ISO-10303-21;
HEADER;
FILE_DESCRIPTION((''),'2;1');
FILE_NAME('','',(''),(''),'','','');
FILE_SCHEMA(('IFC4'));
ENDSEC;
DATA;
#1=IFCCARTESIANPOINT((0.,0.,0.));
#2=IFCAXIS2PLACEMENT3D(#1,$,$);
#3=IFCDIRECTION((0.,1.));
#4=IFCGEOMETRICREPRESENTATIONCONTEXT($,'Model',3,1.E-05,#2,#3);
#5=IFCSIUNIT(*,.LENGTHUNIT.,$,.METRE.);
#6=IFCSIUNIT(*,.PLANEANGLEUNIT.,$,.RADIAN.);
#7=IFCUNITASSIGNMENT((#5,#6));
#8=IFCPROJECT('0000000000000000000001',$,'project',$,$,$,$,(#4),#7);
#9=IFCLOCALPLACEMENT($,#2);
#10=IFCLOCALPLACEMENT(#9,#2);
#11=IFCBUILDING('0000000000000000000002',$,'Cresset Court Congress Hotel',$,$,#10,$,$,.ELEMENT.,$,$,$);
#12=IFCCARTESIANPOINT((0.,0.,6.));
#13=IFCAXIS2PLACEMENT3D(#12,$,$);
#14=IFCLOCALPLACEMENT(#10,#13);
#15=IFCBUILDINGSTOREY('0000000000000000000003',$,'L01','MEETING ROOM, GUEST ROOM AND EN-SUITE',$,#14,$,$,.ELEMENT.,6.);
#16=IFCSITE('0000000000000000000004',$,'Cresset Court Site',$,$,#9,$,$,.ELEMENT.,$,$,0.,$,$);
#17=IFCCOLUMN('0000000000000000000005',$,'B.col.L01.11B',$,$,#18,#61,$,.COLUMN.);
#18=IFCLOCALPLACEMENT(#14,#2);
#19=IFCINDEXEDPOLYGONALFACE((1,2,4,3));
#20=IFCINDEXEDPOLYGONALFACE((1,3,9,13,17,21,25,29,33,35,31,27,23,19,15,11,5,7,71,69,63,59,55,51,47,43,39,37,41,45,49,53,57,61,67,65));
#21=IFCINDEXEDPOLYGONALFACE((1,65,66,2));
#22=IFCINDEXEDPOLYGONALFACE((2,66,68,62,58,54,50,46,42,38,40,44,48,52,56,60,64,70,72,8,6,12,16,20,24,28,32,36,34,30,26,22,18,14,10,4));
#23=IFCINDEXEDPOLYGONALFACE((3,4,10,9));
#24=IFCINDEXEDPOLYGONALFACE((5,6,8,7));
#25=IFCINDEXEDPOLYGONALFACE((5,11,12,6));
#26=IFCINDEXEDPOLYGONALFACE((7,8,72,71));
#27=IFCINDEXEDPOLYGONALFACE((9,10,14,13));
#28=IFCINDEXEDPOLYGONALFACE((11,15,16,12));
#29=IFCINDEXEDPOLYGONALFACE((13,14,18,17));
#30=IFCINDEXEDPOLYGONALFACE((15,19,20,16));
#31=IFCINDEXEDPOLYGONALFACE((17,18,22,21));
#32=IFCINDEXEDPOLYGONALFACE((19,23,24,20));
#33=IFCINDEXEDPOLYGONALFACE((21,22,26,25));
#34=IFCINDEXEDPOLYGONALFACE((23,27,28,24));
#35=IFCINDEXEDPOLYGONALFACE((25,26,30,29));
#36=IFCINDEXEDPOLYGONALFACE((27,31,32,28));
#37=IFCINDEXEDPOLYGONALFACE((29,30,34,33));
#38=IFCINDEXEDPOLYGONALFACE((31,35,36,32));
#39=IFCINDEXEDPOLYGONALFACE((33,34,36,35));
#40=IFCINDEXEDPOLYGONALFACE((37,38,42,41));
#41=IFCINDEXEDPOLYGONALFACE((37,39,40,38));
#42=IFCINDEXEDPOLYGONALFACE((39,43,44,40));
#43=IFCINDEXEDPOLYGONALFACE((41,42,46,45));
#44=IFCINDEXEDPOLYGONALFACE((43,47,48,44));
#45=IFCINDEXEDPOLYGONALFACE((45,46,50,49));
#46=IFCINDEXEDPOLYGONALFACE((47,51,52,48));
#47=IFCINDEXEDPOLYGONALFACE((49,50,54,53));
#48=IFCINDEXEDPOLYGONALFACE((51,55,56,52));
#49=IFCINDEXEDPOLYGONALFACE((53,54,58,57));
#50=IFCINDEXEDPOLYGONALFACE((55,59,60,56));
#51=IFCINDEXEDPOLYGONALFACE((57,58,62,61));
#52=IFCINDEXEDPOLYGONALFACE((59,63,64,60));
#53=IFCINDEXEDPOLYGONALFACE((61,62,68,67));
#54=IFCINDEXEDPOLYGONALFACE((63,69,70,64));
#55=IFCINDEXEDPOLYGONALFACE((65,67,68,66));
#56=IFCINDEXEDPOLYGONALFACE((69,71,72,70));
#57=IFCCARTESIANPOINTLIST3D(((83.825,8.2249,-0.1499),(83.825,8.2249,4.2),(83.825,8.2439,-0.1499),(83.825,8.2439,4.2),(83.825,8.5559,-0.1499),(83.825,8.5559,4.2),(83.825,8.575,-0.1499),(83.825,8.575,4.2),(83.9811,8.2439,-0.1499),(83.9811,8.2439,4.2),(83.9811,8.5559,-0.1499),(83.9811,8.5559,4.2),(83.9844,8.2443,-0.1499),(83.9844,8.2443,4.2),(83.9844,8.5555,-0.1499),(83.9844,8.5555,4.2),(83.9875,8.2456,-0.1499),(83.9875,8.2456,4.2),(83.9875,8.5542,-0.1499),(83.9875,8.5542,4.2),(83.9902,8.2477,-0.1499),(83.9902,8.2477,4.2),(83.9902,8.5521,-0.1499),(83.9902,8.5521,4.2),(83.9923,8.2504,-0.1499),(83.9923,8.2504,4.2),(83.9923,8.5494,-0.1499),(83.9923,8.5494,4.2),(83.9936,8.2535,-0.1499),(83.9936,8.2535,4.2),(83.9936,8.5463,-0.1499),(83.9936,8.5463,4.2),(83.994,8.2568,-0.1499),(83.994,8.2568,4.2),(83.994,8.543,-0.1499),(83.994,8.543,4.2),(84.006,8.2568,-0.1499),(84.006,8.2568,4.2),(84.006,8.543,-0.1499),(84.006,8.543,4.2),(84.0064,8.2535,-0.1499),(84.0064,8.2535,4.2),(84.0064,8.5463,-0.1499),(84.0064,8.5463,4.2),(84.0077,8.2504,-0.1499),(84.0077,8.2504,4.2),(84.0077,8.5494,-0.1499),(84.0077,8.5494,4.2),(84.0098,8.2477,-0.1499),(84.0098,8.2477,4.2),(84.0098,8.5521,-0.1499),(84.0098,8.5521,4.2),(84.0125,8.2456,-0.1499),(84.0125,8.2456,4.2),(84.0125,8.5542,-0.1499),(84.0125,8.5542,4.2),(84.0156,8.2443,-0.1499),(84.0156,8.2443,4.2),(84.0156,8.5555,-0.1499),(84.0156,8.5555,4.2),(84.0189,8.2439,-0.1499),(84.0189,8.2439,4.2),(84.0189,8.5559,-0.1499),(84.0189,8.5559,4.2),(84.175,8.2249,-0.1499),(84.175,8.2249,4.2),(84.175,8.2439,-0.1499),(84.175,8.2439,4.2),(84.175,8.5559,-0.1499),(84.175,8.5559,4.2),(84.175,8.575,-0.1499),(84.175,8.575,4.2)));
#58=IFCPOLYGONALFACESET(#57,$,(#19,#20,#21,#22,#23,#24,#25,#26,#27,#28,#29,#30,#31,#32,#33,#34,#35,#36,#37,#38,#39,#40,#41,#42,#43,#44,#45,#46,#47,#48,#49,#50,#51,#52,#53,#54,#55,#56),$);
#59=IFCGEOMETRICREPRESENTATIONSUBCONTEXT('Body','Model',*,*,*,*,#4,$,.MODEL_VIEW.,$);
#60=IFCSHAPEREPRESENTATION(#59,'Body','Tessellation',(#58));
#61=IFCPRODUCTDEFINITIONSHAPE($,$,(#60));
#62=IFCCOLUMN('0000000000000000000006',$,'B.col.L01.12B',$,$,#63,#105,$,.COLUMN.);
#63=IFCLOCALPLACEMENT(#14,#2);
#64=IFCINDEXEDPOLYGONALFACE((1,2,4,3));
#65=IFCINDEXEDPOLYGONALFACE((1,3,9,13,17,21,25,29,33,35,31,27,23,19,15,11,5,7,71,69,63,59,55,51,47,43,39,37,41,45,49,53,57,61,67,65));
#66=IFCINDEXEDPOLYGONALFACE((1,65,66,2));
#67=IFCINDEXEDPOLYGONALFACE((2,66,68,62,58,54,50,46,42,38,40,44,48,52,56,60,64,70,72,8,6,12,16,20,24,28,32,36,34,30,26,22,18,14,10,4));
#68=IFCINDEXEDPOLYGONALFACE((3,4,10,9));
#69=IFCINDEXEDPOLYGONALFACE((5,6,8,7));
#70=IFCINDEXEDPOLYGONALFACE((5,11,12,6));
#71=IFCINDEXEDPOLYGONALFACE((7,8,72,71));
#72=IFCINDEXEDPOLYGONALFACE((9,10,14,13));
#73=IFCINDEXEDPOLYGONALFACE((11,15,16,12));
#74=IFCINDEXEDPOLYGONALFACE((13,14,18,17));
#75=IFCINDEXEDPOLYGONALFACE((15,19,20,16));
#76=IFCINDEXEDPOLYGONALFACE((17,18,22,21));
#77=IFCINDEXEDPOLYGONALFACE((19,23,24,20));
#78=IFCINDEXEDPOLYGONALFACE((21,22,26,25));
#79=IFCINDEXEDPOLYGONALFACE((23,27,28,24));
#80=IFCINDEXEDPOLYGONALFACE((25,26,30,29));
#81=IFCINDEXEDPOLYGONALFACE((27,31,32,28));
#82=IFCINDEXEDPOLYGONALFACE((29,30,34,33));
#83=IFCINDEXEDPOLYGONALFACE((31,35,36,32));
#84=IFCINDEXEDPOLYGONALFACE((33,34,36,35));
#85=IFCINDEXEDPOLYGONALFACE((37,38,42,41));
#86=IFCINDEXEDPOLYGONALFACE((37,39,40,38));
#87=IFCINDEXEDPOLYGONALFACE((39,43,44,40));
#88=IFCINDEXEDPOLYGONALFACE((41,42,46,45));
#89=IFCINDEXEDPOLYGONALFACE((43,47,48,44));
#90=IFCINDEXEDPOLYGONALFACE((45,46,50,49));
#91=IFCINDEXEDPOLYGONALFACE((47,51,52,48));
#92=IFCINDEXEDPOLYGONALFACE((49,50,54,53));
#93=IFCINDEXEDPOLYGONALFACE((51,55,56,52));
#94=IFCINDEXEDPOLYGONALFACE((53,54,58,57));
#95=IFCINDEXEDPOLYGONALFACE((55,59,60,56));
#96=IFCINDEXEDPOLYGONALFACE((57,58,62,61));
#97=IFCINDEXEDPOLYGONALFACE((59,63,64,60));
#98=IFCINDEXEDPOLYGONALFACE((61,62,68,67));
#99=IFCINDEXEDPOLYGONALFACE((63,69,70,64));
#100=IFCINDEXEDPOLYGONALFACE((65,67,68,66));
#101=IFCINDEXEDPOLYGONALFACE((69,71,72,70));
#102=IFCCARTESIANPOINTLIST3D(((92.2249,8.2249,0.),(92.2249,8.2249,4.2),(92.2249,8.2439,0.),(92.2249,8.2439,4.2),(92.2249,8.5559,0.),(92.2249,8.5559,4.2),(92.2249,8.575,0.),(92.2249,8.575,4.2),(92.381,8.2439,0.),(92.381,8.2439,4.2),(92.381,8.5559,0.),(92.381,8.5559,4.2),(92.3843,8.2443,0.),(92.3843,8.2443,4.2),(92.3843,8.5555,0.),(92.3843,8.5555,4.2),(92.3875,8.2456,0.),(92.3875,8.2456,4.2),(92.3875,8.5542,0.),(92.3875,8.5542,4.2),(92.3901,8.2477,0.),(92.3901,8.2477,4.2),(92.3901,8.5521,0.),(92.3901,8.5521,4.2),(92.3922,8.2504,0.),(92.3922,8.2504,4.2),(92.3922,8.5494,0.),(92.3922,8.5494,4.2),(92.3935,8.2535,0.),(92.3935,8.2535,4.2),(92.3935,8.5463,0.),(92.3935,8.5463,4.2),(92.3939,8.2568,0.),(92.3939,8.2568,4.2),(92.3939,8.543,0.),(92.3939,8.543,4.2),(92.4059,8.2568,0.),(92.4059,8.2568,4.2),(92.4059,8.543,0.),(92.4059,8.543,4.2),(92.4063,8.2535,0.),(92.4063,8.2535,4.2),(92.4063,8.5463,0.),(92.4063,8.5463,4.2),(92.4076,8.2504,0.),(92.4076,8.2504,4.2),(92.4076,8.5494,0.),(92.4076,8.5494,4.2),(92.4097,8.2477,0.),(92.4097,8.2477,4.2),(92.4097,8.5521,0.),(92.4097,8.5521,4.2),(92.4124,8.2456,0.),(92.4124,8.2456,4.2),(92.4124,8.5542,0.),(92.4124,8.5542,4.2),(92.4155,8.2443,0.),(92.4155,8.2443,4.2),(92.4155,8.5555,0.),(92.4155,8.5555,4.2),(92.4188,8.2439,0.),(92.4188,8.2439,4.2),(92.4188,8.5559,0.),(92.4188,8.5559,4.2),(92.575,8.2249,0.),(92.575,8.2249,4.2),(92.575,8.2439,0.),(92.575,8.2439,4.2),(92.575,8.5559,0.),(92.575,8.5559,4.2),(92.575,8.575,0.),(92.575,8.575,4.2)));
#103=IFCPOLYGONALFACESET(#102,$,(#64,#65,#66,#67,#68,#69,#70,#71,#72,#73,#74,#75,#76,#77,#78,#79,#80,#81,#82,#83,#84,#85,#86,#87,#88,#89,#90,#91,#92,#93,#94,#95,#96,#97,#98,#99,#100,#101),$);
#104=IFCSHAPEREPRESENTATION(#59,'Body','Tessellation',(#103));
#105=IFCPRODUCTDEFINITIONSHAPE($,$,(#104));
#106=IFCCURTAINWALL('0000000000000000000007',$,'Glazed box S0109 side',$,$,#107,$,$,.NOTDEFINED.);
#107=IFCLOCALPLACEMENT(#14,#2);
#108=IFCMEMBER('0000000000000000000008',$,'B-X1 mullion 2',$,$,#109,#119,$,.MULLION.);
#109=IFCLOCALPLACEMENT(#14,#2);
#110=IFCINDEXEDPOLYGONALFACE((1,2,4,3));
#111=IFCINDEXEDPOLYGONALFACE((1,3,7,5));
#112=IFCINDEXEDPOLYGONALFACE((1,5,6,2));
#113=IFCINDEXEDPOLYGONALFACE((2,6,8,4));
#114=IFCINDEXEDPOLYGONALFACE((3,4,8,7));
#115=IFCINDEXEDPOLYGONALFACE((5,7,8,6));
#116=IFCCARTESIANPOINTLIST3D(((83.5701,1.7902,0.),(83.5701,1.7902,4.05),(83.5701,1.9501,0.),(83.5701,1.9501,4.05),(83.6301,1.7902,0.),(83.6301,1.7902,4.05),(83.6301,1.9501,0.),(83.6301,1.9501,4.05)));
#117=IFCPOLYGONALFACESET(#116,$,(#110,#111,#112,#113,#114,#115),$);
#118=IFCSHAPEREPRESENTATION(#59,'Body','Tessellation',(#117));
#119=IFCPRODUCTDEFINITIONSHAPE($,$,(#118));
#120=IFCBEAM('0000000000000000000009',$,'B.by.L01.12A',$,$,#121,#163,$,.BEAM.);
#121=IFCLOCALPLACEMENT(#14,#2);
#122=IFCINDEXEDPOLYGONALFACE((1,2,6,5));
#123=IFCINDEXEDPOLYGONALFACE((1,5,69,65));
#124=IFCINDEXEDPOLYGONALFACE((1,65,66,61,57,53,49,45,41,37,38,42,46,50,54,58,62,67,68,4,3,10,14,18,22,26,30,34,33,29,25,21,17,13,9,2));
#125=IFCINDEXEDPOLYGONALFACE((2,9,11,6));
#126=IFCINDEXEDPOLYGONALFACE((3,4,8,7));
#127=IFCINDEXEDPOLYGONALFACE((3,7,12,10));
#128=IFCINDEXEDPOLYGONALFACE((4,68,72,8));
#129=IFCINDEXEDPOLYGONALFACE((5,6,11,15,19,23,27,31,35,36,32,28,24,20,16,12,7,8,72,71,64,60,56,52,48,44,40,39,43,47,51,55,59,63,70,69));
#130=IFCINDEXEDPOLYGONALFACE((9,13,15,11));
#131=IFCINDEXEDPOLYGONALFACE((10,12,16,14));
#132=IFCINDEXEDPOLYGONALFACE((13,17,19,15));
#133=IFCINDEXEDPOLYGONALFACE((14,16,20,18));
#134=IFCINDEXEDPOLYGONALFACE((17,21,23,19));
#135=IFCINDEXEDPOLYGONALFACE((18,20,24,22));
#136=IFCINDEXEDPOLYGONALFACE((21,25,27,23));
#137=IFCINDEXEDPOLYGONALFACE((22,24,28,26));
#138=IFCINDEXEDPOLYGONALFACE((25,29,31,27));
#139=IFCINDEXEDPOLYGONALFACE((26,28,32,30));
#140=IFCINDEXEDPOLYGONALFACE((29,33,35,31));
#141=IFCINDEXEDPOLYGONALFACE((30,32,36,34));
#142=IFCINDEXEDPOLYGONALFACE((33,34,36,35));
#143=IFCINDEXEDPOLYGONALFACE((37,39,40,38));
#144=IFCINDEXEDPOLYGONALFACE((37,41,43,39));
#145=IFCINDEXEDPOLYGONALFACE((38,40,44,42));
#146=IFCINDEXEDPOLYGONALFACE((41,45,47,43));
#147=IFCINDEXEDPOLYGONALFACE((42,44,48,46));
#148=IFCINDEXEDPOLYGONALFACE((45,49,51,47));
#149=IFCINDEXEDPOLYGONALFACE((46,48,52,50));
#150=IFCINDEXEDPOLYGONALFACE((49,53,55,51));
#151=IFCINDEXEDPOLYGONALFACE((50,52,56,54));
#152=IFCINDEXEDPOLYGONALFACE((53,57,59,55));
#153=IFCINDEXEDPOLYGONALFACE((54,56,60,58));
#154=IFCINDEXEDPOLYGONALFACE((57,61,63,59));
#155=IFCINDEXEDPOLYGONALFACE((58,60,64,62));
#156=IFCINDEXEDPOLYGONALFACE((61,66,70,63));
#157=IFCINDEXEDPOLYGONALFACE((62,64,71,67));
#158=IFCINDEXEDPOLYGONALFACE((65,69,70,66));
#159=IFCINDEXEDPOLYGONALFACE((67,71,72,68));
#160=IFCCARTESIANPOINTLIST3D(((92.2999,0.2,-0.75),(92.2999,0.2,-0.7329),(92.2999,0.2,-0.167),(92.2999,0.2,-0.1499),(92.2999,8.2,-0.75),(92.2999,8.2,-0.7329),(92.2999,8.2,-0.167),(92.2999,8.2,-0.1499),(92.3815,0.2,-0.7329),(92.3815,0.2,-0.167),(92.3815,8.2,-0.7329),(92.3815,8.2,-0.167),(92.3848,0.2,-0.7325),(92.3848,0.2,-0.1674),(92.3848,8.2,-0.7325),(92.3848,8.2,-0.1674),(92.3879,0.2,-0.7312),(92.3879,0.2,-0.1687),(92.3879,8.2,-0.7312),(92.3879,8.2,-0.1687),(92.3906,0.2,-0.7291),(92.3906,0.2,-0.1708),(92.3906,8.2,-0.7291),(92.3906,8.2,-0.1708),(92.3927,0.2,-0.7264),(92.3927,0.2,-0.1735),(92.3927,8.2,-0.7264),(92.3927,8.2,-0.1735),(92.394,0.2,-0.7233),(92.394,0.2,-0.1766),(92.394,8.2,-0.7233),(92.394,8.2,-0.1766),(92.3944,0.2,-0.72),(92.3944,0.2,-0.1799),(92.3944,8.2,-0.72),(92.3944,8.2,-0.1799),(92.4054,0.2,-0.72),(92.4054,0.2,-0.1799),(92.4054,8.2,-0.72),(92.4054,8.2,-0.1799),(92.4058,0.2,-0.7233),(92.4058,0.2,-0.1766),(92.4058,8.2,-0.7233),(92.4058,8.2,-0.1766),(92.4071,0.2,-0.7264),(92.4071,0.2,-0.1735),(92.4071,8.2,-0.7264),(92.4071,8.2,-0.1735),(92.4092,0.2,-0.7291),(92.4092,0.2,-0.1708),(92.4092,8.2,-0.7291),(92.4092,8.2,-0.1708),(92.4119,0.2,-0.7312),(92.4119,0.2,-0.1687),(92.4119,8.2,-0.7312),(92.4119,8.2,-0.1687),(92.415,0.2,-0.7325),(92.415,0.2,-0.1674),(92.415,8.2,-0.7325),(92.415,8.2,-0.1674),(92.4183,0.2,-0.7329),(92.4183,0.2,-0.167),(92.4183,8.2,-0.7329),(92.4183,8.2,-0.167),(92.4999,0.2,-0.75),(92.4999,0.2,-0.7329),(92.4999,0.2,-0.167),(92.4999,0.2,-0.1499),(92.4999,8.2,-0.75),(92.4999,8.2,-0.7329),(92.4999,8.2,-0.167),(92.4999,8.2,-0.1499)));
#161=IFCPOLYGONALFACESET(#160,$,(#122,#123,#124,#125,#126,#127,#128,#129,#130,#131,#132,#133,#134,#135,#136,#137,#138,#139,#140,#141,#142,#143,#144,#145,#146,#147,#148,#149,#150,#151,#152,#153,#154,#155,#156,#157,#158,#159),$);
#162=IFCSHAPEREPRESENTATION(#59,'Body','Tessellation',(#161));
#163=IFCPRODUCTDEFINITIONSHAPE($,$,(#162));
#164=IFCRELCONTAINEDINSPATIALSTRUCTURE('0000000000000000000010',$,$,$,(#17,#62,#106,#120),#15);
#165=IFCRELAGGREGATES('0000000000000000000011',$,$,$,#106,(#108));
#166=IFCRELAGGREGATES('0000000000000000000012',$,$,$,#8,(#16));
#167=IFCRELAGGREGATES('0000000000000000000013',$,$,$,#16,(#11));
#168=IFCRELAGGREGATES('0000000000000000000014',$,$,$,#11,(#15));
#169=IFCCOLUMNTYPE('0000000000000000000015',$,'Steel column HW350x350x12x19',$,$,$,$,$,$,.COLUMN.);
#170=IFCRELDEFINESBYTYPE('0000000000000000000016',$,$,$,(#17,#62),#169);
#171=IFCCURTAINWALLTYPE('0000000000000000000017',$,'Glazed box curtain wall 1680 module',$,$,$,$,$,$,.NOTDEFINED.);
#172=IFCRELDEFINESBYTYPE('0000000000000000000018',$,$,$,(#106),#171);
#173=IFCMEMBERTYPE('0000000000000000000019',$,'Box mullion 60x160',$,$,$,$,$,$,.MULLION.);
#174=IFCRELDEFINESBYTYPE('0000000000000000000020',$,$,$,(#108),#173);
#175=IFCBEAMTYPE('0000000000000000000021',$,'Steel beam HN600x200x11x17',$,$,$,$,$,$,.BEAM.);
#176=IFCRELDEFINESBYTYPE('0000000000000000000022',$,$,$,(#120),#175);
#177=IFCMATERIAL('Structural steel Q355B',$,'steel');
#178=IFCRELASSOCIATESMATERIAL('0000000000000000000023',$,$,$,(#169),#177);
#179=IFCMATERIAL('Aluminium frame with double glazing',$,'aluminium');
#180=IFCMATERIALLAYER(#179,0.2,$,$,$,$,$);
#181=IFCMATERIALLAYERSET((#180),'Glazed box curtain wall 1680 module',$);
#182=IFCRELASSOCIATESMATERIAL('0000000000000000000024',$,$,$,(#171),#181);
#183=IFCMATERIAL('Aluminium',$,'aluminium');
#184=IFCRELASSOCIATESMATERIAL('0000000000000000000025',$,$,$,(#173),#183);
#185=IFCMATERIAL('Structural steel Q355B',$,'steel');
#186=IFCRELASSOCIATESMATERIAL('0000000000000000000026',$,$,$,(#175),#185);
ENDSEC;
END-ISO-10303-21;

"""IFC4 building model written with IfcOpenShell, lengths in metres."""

from ifc_helpers import new_model, si_unit, direction, frame, origin, origin_2d, place, context, subcontext, project, spatial, rectangle, i_section, extrude, material, layer, layer_set, material_profile, profile_set, type_object, element, aggregate, save


model = new_model("IFC4")

# Units and contexts
model_context = context("Model", 3, precision=1e-05, world=origin(), true_north=direction((0.0, 1.0)))
body_context = subcontext(model_context, "Body", "Model", "MODEL_VIEW")
ifc_project = project(units=[si_unit("LENGTHUNIT", "METRE"), si_unit("PLANEANGLEUNIT", "RADIAN")], contexts=[model_context])

# Site, building, storey
site_placement = place(None, origin())
site = spatial("IfcSite", under=ifc_project, at=site_placement, Name="Cresset Court Site", CompositionType="ELEMENT", RefElevation=0.0)
building_placement = place(site_placement, origin())
building = spatial("IfcBuilding", under=site, at=building_placement, Name="Cresset Court Congress Hotel", CompositionType="ELEMENT")
storey_placement = place(building_placement, frame((0.0, 0.0, 6.0)))
storey = spatial("IfcBuildingStorey", under=building, at=storey_placement, Name="L01", Description="MEETING ROOM, GUEST ROOM AND EN-SUITE", CompositionType="ELEMENT", Elevation=6.0)

# Columns
ifc_material_1 = material(Name="Structural steel Q355B", Category="steel")
ifc_material_profile_1 = material_profile(ifc_material_1, i_section(OverallWidth=0.3501, OverallDepth=0.3501, WebThickness=0.012, FlangeThickness=0.019, FilletRadius=0.0129, at=origin_2d()), Name="HW350x350x12x19")
ifc_profile_set_1 = profile_set([ifc_material_profile_1], Name="Structural steel Q355B")
column_type = type_object("IfcColumnType", Name="Steel column HW350x350x12x19", PredefinedType="COLUMN", material=ifc_profile_set_1)
column_1_placement = place(storey_placement, frame((84.0, 8.3999, -0.1499), z_axis=(0.0, 0.0, 1.0), x_axis=(1.0, 0.0, 0.0)))
element("IfcColumn", 1, at=column_1_placement, inside=storey, type_object=column_type, Name="B.col.L01.11B", PredefinedType="COLUMN", context=body_context, shape_type="SweptSolid", body=[
    extrude(i_section(OverallWidth=0.3501, OverallDepth=0.3501, WebThickness=0.012, FlangeThickness=0.019, FilletRadius=0.0129, at=origin_2d()), origin(), (0.0, 0.0, 1.0), 4.3499),
])
column_2_placement = place(storey_placement, frame((92.3999, 8.3999, 0.0), z_axis=(0.0, 0.0, 1.0), x_axis=(1.0, 0.0, 0.0)))
element("IfcColumn", 2, at=column_2_placement, inside=storey, type_object=column_type, Name="B.col.L01.12B", PredefinedType="COLUMN", context=body_context, shape_type="SweptSolid", body=[
    extrude(i_section(OverallWidth=0.3501, OverallDepth=0.3501, WebThickness=0.012, FlangeThickness=0.019, FilletRadius=0.0129, at=origin_2d()), origin(), (0.0, 0.0, 1.0), 4.2),
])

# Curtain wall, member
ifc_material_2 = material(Name="Aluminium frame with double glazing", Category="aluminium")
ifc_layer_1 = layer(ifc_material_2, 0.2)
ifc_layer_set_1 = layer_set([ifc_layer_1], Name="Glazed box curtain wall 1680 module")
curtain_wall_type = type_object("IfcCurtainWallType", Name="Glazed box curtain wall 1680 module", PredefinedType="NOTDEFINED", material=ifc_layer_set_1)
curtain_wall_placement = place(storey_placement, origin())
curtain_wall = element("IfcCurtainWall", 3, at=curtain_wall_placement, inside=storey, type_object=curtain_wall_type, Name="Glazed box S0109 side", PredefinedType="NOTDEFINED")
ifc_material_3 = material(Name="Aluminium", Category="aluminium")
ifc_material_profile_2 = material_profile(ifc_material_3, rectangle(XDim=0.0601, YDim=0.1599, at=origin_2d()), Name="Box mullion 60x160")
ifc_profile_set_2 = profile_set([ifc_material_profile_2], Name="Aluminium")
member_type = type_object("IfcMemberType", Name="Box mullion 60x160", PredefinedType="MULLION", material=ifc_profile_set_2)
member_placement = place(storey_placement, frame((83.6001, 1.8701, 0.0), z_axis=(0.0, 0.0, 1.0), x_axis=(-1.0, 0.0, 0.0)))
member = element("IfcMember", 4, at=member_placement, type_object=member_type, Name="B-X1 mullion 2", PredefinedType="MULLION", context=body_context, shape_type="SweptSolid", body=[
    extrude(rectangle(XDim=0.0601, YDim=0.1599, at=origin_2d()), origin(), (0.0, 0.0, 1.0), 4.05),
])

# Beam
ifc_material_4 = material(Name="Structural steel Q355B", Category="steel")
ifc_material_profile_3 = material_profile(ifc_material_4, i_section(OverallWidth=0.2, OverallDepth=0.6001, WebThickness=0.011, FlangeThickness=0.0171, FilletRadius=0.0129, at=origin_2d()), Name="HN600x200x11x17")
ifc_profile_set_3 = profile_set([ifc_material_profile_3], Name="Structural steel Q355B")
beam_type_1 = type_object("IfcBeamType", Name="Steel beam HN600x200x11x17", PredefinedType="BEAM", material=ifc_profile_set_3)
for number, where, z_axis, x_axis, name in (
    (5, (92.3999, 0.2, -0.45), (0.0, 1.0, 0.0), (-1.0, 0.0, 0.0), "B.by.L01.12A"),
):
    element("IfcBeam", number, at=place(storey_placement, frame(where, z_axis=z_axis, x_axis=x_axis)), inside=storey, type_object=beam_type_1, Name=name, PredefinedType="BEAM", context=body_context, shape_type="SweptSolid", body=[
        extrude(i_section(OverallWidth=0.2, OverallDepth=0.6001, WebThickness=0.011, FlangeThickness=0.0171, FilletRadius=0.0129, at=origin_2d()), origin(), (0.0, 0.0, 1.0), 8.0),
    ])

aggregate(curtain_wall, [member])

save(model, "model.ifc")
